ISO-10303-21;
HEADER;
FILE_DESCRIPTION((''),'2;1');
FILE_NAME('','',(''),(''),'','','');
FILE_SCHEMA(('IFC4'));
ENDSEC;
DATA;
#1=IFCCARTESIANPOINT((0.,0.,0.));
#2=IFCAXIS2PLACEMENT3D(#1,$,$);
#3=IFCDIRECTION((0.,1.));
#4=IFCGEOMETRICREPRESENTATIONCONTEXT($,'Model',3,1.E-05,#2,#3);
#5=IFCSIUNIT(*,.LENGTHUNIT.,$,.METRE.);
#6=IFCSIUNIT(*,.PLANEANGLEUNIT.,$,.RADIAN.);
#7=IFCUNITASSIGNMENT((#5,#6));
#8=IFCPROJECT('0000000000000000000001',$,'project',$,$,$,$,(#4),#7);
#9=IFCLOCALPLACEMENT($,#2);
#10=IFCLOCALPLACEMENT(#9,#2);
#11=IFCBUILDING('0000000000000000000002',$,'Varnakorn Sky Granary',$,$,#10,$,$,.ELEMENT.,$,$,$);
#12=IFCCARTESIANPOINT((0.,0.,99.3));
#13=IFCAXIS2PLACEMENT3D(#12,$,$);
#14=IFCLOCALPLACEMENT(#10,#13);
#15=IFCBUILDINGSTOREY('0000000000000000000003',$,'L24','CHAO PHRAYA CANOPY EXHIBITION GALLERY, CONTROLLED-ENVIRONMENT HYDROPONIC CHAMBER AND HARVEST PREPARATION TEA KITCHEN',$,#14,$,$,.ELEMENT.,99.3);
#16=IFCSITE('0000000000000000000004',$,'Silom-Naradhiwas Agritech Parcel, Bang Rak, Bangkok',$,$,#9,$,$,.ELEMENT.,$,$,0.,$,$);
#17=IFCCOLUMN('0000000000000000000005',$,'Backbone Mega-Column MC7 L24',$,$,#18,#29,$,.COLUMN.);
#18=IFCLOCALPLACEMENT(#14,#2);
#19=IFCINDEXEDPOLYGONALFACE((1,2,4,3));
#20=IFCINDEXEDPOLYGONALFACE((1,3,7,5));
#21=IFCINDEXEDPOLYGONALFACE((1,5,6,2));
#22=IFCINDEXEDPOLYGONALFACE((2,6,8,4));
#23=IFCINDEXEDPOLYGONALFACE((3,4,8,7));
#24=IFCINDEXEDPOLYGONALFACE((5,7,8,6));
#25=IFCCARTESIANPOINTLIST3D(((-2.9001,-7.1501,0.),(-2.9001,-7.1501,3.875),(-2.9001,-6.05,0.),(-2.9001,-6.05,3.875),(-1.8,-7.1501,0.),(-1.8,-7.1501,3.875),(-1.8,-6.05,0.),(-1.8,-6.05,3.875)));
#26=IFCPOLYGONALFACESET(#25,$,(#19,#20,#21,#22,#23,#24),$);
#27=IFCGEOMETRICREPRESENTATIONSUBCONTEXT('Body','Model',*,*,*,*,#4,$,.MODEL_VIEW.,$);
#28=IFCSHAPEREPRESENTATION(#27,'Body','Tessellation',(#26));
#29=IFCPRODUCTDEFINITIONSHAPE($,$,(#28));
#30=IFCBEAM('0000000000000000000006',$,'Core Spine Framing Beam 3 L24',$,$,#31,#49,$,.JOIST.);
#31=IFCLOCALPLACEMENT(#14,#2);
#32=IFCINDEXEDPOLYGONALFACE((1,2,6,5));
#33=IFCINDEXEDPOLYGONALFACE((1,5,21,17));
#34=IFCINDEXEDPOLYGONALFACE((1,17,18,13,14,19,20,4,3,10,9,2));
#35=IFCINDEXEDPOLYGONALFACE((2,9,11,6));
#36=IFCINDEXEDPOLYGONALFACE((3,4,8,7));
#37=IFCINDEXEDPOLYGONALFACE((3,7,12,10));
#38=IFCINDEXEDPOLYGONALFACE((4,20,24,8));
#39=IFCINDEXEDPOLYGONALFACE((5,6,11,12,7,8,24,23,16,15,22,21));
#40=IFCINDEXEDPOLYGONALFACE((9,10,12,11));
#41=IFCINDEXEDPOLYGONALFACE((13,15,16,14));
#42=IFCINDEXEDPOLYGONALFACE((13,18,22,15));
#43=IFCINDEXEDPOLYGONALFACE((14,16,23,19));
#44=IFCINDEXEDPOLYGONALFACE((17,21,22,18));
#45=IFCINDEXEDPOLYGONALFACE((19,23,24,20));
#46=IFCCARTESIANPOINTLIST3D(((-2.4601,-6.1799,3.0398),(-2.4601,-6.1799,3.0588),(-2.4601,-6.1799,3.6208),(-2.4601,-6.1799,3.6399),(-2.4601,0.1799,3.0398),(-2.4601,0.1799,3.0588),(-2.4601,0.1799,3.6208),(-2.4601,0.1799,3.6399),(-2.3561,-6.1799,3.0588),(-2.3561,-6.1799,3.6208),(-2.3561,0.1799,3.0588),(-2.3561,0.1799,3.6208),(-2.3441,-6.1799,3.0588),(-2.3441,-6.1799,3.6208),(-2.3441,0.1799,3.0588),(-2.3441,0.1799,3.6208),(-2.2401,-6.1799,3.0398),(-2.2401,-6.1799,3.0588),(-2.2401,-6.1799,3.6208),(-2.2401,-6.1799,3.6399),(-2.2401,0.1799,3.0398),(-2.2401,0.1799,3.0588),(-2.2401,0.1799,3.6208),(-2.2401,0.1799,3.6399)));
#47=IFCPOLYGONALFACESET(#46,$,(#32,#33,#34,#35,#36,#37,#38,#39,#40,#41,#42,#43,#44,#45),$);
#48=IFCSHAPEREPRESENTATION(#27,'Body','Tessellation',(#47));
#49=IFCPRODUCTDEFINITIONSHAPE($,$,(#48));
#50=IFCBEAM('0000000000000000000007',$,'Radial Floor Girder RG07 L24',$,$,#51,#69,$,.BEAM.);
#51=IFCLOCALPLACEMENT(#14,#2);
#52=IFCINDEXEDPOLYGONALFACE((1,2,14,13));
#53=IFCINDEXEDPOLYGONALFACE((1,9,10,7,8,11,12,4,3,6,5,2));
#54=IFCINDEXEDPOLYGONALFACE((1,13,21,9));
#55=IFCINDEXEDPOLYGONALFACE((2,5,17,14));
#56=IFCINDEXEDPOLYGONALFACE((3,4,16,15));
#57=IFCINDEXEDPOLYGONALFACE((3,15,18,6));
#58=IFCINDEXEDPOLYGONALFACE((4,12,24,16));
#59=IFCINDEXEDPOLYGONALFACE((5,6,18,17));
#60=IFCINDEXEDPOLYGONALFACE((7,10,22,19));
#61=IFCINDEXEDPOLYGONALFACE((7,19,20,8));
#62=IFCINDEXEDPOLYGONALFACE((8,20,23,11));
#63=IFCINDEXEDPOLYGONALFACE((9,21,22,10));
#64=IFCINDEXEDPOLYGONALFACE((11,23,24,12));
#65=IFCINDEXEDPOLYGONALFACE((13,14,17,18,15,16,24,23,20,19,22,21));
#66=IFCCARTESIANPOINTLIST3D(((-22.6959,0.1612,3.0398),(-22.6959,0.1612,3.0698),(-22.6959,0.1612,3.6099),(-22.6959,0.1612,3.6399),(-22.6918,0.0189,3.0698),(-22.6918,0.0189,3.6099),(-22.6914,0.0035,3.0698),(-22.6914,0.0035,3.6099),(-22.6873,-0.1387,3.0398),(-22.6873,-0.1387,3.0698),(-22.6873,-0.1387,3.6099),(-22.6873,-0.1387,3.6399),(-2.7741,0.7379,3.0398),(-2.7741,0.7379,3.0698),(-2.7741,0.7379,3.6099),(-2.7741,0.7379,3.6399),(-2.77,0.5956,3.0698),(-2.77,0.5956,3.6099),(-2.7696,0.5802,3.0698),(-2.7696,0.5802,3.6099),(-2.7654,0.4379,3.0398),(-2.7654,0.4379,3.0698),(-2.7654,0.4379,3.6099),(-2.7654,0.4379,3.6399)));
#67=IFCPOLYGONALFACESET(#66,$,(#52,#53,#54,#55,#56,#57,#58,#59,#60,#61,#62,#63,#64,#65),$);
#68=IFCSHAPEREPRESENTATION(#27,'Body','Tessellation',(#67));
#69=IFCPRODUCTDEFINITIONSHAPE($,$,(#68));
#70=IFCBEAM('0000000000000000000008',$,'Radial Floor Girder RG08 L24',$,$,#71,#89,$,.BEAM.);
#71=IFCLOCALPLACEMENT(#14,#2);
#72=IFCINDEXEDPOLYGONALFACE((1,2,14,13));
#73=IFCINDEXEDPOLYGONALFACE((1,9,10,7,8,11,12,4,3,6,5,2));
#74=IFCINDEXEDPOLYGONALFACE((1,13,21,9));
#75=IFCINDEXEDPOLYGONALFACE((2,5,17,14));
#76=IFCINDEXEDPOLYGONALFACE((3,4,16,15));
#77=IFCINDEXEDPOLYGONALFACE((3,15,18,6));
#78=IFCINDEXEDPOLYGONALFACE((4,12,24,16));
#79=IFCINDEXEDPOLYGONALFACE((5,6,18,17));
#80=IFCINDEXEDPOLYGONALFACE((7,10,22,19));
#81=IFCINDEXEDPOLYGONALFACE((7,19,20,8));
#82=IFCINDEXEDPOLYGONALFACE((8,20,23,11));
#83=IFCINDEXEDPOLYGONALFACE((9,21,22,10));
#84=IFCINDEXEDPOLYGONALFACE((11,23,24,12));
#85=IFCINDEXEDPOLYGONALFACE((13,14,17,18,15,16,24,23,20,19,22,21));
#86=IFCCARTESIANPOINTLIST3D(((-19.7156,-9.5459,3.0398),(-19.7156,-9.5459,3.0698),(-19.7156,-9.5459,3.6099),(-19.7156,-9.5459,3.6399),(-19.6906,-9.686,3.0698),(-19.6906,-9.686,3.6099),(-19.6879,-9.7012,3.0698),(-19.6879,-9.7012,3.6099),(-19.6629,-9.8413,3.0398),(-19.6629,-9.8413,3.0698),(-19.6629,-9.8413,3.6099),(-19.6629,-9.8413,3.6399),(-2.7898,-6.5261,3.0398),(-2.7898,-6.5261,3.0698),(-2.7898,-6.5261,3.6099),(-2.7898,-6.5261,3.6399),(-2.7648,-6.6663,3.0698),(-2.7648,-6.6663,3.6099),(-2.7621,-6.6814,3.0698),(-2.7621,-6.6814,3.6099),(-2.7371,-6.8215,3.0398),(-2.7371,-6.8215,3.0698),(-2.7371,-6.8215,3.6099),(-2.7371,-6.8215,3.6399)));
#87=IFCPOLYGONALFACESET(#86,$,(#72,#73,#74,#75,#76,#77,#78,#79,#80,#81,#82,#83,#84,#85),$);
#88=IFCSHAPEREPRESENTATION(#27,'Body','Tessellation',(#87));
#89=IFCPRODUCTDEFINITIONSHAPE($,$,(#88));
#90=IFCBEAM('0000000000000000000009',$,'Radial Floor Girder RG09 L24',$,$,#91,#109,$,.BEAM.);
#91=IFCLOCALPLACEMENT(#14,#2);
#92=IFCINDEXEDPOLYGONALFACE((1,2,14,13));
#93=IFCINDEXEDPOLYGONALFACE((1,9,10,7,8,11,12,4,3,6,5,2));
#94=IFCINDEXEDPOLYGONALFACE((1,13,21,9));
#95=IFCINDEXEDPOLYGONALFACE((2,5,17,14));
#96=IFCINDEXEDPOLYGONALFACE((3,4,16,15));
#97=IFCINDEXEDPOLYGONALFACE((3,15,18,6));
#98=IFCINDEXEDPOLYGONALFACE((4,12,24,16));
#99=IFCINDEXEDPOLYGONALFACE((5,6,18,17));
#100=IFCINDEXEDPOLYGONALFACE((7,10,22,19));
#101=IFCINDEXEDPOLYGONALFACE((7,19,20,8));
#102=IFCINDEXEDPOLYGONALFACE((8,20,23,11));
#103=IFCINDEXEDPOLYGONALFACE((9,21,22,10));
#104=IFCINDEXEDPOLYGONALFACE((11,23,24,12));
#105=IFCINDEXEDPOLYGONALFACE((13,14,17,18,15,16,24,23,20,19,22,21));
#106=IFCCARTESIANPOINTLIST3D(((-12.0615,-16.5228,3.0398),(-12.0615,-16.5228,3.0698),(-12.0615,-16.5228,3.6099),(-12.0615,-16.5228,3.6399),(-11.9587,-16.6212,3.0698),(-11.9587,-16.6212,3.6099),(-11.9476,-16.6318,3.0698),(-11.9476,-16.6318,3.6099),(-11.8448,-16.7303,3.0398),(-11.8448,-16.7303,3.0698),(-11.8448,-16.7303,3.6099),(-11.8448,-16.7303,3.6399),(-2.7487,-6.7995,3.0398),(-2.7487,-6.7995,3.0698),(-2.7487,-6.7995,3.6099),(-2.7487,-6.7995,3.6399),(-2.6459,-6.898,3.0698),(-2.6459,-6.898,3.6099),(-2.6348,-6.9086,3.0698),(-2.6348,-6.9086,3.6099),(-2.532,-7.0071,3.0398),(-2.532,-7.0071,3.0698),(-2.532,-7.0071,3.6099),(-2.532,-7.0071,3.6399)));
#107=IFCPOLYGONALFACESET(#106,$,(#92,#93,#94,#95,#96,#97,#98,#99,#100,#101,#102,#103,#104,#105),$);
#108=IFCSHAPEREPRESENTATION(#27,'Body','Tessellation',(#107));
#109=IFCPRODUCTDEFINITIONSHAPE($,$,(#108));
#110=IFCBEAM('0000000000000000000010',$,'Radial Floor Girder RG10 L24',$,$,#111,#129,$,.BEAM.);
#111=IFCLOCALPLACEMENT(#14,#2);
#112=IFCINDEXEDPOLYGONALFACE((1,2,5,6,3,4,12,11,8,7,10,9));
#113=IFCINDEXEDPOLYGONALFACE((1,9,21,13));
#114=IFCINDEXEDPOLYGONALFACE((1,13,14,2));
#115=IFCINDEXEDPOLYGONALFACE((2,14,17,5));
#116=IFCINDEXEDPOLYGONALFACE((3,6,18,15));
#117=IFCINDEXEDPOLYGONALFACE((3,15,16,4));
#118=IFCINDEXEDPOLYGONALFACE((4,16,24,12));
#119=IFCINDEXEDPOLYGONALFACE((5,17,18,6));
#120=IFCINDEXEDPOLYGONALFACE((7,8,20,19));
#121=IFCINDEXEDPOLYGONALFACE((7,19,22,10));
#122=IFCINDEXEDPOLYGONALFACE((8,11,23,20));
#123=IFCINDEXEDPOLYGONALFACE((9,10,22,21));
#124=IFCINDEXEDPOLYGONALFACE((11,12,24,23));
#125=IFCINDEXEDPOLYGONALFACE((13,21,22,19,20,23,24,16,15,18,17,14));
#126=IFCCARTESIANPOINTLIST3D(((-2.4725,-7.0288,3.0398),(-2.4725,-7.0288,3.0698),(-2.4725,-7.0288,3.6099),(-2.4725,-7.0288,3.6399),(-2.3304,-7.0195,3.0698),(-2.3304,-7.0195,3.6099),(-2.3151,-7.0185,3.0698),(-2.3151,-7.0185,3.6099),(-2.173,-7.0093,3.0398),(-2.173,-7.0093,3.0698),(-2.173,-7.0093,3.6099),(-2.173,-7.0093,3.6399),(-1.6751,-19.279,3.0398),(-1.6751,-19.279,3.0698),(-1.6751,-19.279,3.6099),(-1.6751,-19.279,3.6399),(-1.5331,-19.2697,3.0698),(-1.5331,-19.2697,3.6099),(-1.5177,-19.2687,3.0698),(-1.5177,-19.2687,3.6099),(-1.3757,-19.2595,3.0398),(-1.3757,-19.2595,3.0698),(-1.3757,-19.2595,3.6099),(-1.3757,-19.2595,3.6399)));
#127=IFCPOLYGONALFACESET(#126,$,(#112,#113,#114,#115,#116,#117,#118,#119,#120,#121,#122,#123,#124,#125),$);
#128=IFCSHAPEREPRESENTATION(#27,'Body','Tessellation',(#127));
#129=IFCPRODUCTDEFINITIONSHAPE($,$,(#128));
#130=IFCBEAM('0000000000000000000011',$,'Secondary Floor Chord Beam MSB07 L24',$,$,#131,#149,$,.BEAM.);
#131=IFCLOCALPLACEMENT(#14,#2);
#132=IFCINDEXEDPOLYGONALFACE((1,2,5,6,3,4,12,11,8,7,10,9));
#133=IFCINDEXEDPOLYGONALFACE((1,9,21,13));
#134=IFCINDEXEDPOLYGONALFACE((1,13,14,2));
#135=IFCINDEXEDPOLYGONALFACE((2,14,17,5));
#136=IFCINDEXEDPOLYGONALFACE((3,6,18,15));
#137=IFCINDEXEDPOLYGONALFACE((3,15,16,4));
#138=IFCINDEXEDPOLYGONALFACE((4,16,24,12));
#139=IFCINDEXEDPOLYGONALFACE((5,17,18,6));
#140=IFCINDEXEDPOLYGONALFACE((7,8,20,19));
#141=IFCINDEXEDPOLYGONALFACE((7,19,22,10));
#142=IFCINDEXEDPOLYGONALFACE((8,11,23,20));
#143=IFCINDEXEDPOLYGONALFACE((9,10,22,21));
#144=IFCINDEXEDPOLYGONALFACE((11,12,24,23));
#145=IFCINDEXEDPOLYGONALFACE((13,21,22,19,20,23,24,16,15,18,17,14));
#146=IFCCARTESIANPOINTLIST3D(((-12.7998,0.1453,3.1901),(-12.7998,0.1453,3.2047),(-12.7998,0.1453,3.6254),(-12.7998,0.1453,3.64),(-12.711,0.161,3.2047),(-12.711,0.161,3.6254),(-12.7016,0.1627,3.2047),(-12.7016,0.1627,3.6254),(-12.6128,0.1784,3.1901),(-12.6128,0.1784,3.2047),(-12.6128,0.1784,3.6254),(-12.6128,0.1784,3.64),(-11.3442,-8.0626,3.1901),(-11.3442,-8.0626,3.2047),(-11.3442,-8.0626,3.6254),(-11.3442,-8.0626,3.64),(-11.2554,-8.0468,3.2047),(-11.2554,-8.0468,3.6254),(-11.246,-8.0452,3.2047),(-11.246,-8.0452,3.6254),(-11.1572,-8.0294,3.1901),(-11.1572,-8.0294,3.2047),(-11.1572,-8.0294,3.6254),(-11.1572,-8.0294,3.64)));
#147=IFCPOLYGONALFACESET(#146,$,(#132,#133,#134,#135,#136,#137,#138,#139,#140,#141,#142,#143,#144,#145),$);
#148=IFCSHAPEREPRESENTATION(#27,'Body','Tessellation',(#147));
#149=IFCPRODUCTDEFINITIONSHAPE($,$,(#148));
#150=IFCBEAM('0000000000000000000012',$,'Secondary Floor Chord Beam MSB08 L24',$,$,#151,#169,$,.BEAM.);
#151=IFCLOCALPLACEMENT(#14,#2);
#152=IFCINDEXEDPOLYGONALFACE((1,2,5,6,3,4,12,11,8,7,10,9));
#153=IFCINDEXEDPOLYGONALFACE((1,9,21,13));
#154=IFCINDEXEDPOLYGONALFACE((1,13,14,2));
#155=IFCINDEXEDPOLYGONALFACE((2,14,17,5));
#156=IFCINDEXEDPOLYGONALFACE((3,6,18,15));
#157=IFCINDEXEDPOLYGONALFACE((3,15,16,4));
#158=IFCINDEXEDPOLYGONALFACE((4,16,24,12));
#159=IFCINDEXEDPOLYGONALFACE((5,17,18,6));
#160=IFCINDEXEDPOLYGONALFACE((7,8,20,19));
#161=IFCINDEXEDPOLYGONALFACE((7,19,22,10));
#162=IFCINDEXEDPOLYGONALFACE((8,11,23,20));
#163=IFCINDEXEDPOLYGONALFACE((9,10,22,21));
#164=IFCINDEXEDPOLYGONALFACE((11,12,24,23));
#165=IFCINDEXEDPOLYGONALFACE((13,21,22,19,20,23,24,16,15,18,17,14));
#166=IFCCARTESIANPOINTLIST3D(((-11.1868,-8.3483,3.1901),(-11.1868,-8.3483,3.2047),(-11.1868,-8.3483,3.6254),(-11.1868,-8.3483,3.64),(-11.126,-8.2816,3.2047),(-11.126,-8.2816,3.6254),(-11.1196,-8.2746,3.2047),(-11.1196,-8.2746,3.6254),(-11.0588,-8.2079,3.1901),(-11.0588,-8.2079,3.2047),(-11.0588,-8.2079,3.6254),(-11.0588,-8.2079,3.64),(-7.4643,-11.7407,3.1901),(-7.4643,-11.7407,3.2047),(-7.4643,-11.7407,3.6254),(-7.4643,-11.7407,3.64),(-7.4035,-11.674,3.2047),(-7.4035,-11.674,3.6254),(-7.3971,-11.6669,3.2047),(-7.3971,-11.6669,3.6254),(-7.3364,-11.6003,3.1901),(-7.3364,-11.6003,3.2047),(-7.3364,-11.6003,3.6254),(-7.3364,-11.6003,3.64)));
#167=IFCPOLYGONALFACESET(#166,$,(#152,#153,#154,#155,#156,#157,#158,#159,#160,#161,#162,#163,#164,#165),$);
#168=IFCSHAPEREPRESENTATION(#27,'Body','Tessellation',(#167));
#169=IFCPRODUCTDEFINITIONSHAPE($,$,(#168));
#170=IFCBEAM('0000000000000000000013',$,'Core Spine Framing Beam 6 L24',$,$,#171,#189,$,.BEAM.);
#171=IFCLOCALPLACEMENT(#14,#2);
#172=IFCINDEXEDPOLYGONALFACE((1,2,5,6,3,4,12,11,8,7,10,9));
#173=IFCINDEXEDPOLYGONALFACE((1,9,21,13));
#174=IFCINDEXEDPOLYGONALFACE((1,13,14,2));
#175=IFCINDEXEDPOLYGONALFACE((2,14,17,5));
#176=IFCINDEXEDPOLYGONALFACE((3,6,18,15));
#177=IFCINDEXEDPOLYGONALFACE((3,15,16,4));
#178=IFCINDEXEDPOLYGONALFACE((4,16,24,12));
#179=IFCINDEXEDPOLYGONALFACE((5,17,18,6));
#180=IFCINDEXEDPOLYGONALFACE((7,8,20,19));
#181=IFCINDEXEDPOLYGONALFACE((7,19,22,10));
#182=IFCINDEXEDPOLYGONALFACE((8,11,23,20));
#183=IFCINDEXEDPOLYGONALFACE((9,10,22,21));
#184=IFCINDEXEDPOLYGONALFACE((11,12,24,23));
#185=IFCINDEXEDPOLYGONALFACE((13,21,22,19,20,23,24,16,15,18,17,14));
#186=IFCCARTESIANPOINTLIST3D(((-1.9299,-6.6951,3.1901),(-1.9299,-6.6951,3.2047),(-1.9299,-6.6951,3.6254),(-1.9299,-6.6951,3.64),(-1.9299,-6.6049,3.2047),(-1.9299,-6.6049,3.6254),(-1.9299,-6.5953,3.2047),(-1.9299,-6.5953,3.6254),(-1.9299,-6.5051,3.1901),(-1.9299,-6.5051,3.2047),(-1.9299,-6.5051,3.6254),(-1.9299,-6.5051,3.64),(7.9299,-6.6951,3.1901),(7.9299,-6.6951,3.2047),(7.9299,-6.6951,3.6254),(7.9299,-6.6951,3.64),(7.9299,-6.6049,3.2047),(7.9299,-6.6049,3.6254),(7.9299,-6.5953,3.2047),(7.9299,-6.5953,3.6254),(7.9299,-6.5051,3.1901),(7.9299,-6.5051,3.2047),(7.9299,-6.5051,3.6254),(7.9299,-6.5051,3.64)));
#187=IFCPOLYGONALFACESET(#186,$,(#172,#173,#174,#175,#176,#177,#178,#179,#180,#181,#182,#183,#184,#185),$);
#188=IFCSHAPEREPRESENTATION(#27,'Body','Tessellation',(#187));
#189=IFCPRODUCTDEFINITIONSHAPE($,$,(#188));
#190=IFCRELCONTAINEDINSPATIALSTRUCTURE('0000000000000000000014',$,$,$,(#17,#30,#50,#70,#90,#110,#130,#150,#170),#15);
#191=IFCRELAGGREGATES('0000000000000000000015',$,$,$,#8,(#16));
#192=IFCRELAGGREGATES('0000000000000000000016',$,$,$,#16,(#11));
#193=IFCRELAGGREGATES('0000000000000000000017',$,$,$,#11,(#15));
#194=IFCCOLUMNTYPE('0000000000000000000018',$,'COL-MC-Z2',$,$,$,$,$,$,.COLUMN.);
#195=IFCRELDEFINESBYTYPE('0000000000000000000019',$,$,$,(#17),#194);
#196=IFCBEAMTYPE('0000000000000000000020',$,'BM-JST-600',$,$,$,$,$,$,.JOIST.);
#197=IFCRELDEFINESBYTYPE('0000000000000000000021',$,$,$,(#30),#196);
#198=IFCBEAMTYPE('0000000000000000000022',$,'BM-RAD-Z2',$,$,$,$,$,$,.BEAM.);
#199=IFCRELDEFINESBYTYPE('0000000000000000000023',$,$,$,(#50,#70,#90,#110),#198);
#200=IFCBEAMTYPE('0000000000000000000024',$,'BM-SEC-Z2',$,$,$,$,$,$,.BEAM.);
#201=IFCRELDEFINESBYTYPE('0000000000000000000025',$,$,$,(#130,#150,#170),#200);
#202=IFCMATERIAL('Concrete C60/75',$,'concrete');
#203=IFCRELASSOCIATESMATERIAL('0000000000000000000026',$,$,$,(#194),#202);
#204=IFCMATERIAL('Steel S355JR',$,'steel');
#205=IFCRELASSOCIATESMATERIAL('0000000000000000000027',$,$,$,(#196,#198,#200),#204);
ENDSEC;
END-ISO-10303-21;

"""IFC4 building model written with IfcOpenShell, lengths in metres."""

from ifc_helpers import new_model, si_unit, direction, frame, origin, origin_2d, place, context, subcontext, project, spatial, rectangle, i_section, extrude, material, material_profile, profile_set, type_object, element, save


model = new_model("IFC4")

# Units and contexts
model_context = context("Model", 3, precision=1e-05, world=origin(), true_north=direction((0.0, 1.0)))
body_context = subcontext(model_context, "Body", "Model", "MODEL_VIEW")
ifc_project = project(units=[si_unit("LENGTHUNIT", "METRE"), si_unit("PLANEANGLEUNIT", "RADIAN")], contexts=[model_context])

# Site, building, storey
site_placement = place(None, origin())
site = spatial("IfcSite", under=ifc_project, at=site_placement, Name="Silom-Naradhiwas Agritech Parcel, Bang Rak, Bangkok", CompositionType="ELEMENT", RefElevation=0.0)
building_placement = place(site_placement, origin())
building = spatial("IfcBuilding", under=site, at=building_placement, Name="Varnakorn Sky Granary", CompositionType="ELEMENT")
storey_placement = place(building_placement, frame((0.0, 0.0, 99.3)))
storey = spatial("IfcBuildingStorey", under=building, at=storey_placement, Name="L24", Description="CHAO PHRAYA CANOPY EXHIBITION GALLERY, CONTROLLED-ENVIRONMENT HYDROPONIC CHAMBER AND HARVEST PREPARATION TEA KITCHEN", CompositionType="ELEMENT", Elevation=99.3)

# Column
ifc_material_1 = material(Name="Concrete C60/75", Category="concrete")
ifc_material_profile_1 = material_profile(ifc_material_1, rectangle(XDim=1.1001, YDim=1.1001, at=origin_2d()), Name="RC 1100x1100")
ifc_profile_set_1 = profile_set([ifc_material_profile_1], Name="Concrete C60/75")
column_type = type_object("IfcColumnType", Name="COL-MC-Z2", PredefinedType="COLUMN", material=ifc_profile_set_1)
column_placement = place(storey_placement, frame((-2.3501, -6.6001, 0.0), z_axis=(0.0, 0.0, 1.0), x_axis=(1.0, 0.0, 0.0)))
element("IfcColumn", 1, at=column_placement, inside=storey, type_object=column_type, Name="Backbone Mega-Column MC7 L24", PredefinedType="COLUMN", context=body_context, shape_type="SweptSolid", body=[
    extrude(rectangle(XDim=1.1001, YDim=1.1001, at=origin_2d()), origin(), (0.0, 0.0, 1.0), 3.875),
])

# Beams
ifc_material_2 = material(Name="Steel S355JR", Category="steel")
ifc_material_profile_2 = material_profile(ifc_material_2, i_section(OverallWidth=0.22, OverallDepth=0.6001, WebThickness=0.012, FlangeThickness=0.019, at=origin_2d()), Name="IPE 600")
ifc_profile_set_2 = profile_set([ifc_material_profile_2], Name="Steel S355JR")
beam_type_1 = type_object("IfcBeamType", Name="BM-JST-600", PredefinedType="JOIST", material=ifc_profile_set_2)
beam_1_placement = place(storey_placement, frame((-2.3501, 0.1799, 3.3398), z_axis=(0.0, -1.0, 0.0), x_axis=(1.0, 0.0, 0.0)))
element("IfcBeam", 2, at=beam_1_placement, inside=storey, type_object=beam_type_1, Name="Core Spine Framing Beam 3 L24", PredefinedType="JOIST", context=body_context, shape_type="SweptSolid", body=[
    extrude(i_section(OverallWidth=0.22, OverallDepth=0.6001, WebThickness=0.012, FlangeThickness=0.019, at=origin_2d()), origin(), (0.0, 0.0, 1.0), 6.3599),
])
ifc_material_profile_3 = material_profile(ifc_material_2, i_section(OverallWidth=0.3, OverallDepth=0.6001, WebThickness=0.0154, FlangeThickness=0.03, at=origin_2d()), Name="HE 600 B")
ifc_profile_set_3 = profile_set([ifc_material_profile_3], Name="Steel S355JR")
beam_type_2 = type_object("IfcBeamType", Name="BM-RAD-Z2", PredefinedType="BEAM", material=ifc_profile_set_3)
beam_2_placement = place(storey_placement, frame((-2.7698, 0.5879, 3.3398), z_axis=(-0.999581, -0.028934, 0.0), x_axis=(0.028934, -0.999581, 0.0)))
element("IfcBeam", 3, at=beam_2_placement, inside=storey, type_object=beam_type_2, Name="Radial Floor Girder RG07 L24", PredefinedType="BEAM", context=body_context, shape_type="SweptSolid", body=[
    extrude(i_section(OverallWidth=0.3, OverallDepth=0.6001, WebThickness=0.0154, FlangeThickness=0.03, at=origin_2d()), origin(), (0.0, 0.0, 1.0), 19.9302),
])
beam_3_placement = place(storey_placement, frame((-2.7634, -6.6738, 3.3398), z_axis=(-0.984455, -0.175639, 0.0), x_axis=(0.175639, -0.984455, 0.0)))
element("IfcBeam", 4, at=beam_3_placement, inside=storey, type_object=beam_type_2, Name="Radial Floor Girder RG08 L24", PredefinedType="BEAM", context=body_context, shape_type="SweptSolid", body=[
    extrude(i_section(OverallWidth=0.3, OverallDepth=0.6001, WebThickness=0.0154, FlangeThickness=0.03, at=origin_2d()), origin(), (0.0, 0.0, 1.0), 17.1931),
])
beam_4_placement = place(storey_placement, frame((-2.6404, -6.9033, 3.3398), z_axis=(-0.691701, -0.722184, 0.0), x_axis=(0.722184, -0.691701, 0.0)))
element("IfcBeam", 5, at=beam_4_placement, inside=storey, type_object=beam_type_2, Name="Radial Floor Girder RG09 L24", PredefinedType="BEAM", context=body_context, shape_type="SweptSolid", body=[
    extrude(i_section(OverallWidth=0.3, OverallDepth=0.6001, WebThickness=0.0154, FlangeThickness=0.03, at=origin_2d()), origin(), (0.0, 0.0, 1.0), 13.4636),
])
beam_5_placement = place(storey_placement, frame((-2.3228, -7.019, 3.3398), z_axis=(0.064952, -0.997888, 0.0), x_axis=(0.997888, 0.064952, 0.0)))
element("IfcBeam", 6, at=beam_5_placement, inside=storey, type_object=beam_type_2, Name="Radial Floor Girder RG10 L24", PredefinedType="BEAM", context=body_context, shape_type="SweptSolid", body=[
    extrude(i_section(OverallWidth=0.3, OverallDepth=0.6001, WebThickness=0.0154, FlangeThickness=0.03, at=origin_2d()), origin(), (0.0, 0.0, 1.0), 12.2761),
])
ifc_material_profile_4 = material_profile(ifc_material_2, i_section(OverallWidth=0.1899, OverallDepth=0.45, WebThickness=0.0095, FlangeThickness=0.0146, at=origin_2d()), Name="IPE 450")
ifc_profile_set_4 = profile_set([ifc_material_profile_4], Name="Steel S355JR")
beam_type_3 = type_object("IfcBeamType", Name="BM-SEC-Z2", PredefinedType="BEAM", material=ifc_profile_set_4)
beam_6_placement = place(storey_placement, frame((-12.7063, 0.1619, 3.415), z_axis=(0.174616, -0.984637, 0.0), x_axis=(0.984637, 0.174616, 0.0)))
element("IfcBeam", 7, at=beam_6_placement, inside=storey, type_object=beam_type_3, Name="Secondary Floor Chord Beam MSB07 L24", PredefinedType="BEAM", context=body_context, shape_type="SweptSolid", body=[
    extrude(i_section(OverallWidth=0.1899, OverallDepth=0.45, WebThickness=0.0095, FlangeThickness=0.0146, at=origin_2d()), origin(), (0.0, 0.0, 1.0), 8.3359),
])
beam_7_placement = place(storey_placement, frame((-11.1228, -8.2781, 3.415), z_axis=(0.739117, -0.673577, 0.0), x_axis=(0.673577, 0.739117, 0.0)))
element("IfcBeam", 8, at=beam_7_placement, inside=storey, type_object=beam_type_3, Name="Secondary Floor Chord Beam MSB08 L24", PredefinedType="BEAM", context=body_context, shape_type="SweptSolid", body=[
    extrude(i_section(OverallWidth=0.1899, OverallDepth=0.45, WebThickness=0.0095, FlangeThickness=0.0146, at=origin_2d()), origin(), (0.0, 0.0, 1.0), 5.0364),
])
beam_8_placement = place(storey_placement, frame((-1.9299, -6.6001, 3.415), z_axis=(1.0, 0.0, 0.0), x_axis=(0.0, 1.0, 0.0)))
element("IfcBeam", 9, at=beam_8_placement, inside=storey, type_object=beam_type_3, Name="Core Spine Framing Beam 6 L24", PredefinedType="BEAM", context=body_context, shape_type="SweptSolid", body=[
    extrude(i_section(OverallWidth=0.1899, OverallDepth=0.45, WebThickness=0.0095, FlangeThickness=0.0146, at=origin_2d()), origin(), (0.0, 0.0, 1.0), 9.8599),
])

save(model, "model.ifc")
